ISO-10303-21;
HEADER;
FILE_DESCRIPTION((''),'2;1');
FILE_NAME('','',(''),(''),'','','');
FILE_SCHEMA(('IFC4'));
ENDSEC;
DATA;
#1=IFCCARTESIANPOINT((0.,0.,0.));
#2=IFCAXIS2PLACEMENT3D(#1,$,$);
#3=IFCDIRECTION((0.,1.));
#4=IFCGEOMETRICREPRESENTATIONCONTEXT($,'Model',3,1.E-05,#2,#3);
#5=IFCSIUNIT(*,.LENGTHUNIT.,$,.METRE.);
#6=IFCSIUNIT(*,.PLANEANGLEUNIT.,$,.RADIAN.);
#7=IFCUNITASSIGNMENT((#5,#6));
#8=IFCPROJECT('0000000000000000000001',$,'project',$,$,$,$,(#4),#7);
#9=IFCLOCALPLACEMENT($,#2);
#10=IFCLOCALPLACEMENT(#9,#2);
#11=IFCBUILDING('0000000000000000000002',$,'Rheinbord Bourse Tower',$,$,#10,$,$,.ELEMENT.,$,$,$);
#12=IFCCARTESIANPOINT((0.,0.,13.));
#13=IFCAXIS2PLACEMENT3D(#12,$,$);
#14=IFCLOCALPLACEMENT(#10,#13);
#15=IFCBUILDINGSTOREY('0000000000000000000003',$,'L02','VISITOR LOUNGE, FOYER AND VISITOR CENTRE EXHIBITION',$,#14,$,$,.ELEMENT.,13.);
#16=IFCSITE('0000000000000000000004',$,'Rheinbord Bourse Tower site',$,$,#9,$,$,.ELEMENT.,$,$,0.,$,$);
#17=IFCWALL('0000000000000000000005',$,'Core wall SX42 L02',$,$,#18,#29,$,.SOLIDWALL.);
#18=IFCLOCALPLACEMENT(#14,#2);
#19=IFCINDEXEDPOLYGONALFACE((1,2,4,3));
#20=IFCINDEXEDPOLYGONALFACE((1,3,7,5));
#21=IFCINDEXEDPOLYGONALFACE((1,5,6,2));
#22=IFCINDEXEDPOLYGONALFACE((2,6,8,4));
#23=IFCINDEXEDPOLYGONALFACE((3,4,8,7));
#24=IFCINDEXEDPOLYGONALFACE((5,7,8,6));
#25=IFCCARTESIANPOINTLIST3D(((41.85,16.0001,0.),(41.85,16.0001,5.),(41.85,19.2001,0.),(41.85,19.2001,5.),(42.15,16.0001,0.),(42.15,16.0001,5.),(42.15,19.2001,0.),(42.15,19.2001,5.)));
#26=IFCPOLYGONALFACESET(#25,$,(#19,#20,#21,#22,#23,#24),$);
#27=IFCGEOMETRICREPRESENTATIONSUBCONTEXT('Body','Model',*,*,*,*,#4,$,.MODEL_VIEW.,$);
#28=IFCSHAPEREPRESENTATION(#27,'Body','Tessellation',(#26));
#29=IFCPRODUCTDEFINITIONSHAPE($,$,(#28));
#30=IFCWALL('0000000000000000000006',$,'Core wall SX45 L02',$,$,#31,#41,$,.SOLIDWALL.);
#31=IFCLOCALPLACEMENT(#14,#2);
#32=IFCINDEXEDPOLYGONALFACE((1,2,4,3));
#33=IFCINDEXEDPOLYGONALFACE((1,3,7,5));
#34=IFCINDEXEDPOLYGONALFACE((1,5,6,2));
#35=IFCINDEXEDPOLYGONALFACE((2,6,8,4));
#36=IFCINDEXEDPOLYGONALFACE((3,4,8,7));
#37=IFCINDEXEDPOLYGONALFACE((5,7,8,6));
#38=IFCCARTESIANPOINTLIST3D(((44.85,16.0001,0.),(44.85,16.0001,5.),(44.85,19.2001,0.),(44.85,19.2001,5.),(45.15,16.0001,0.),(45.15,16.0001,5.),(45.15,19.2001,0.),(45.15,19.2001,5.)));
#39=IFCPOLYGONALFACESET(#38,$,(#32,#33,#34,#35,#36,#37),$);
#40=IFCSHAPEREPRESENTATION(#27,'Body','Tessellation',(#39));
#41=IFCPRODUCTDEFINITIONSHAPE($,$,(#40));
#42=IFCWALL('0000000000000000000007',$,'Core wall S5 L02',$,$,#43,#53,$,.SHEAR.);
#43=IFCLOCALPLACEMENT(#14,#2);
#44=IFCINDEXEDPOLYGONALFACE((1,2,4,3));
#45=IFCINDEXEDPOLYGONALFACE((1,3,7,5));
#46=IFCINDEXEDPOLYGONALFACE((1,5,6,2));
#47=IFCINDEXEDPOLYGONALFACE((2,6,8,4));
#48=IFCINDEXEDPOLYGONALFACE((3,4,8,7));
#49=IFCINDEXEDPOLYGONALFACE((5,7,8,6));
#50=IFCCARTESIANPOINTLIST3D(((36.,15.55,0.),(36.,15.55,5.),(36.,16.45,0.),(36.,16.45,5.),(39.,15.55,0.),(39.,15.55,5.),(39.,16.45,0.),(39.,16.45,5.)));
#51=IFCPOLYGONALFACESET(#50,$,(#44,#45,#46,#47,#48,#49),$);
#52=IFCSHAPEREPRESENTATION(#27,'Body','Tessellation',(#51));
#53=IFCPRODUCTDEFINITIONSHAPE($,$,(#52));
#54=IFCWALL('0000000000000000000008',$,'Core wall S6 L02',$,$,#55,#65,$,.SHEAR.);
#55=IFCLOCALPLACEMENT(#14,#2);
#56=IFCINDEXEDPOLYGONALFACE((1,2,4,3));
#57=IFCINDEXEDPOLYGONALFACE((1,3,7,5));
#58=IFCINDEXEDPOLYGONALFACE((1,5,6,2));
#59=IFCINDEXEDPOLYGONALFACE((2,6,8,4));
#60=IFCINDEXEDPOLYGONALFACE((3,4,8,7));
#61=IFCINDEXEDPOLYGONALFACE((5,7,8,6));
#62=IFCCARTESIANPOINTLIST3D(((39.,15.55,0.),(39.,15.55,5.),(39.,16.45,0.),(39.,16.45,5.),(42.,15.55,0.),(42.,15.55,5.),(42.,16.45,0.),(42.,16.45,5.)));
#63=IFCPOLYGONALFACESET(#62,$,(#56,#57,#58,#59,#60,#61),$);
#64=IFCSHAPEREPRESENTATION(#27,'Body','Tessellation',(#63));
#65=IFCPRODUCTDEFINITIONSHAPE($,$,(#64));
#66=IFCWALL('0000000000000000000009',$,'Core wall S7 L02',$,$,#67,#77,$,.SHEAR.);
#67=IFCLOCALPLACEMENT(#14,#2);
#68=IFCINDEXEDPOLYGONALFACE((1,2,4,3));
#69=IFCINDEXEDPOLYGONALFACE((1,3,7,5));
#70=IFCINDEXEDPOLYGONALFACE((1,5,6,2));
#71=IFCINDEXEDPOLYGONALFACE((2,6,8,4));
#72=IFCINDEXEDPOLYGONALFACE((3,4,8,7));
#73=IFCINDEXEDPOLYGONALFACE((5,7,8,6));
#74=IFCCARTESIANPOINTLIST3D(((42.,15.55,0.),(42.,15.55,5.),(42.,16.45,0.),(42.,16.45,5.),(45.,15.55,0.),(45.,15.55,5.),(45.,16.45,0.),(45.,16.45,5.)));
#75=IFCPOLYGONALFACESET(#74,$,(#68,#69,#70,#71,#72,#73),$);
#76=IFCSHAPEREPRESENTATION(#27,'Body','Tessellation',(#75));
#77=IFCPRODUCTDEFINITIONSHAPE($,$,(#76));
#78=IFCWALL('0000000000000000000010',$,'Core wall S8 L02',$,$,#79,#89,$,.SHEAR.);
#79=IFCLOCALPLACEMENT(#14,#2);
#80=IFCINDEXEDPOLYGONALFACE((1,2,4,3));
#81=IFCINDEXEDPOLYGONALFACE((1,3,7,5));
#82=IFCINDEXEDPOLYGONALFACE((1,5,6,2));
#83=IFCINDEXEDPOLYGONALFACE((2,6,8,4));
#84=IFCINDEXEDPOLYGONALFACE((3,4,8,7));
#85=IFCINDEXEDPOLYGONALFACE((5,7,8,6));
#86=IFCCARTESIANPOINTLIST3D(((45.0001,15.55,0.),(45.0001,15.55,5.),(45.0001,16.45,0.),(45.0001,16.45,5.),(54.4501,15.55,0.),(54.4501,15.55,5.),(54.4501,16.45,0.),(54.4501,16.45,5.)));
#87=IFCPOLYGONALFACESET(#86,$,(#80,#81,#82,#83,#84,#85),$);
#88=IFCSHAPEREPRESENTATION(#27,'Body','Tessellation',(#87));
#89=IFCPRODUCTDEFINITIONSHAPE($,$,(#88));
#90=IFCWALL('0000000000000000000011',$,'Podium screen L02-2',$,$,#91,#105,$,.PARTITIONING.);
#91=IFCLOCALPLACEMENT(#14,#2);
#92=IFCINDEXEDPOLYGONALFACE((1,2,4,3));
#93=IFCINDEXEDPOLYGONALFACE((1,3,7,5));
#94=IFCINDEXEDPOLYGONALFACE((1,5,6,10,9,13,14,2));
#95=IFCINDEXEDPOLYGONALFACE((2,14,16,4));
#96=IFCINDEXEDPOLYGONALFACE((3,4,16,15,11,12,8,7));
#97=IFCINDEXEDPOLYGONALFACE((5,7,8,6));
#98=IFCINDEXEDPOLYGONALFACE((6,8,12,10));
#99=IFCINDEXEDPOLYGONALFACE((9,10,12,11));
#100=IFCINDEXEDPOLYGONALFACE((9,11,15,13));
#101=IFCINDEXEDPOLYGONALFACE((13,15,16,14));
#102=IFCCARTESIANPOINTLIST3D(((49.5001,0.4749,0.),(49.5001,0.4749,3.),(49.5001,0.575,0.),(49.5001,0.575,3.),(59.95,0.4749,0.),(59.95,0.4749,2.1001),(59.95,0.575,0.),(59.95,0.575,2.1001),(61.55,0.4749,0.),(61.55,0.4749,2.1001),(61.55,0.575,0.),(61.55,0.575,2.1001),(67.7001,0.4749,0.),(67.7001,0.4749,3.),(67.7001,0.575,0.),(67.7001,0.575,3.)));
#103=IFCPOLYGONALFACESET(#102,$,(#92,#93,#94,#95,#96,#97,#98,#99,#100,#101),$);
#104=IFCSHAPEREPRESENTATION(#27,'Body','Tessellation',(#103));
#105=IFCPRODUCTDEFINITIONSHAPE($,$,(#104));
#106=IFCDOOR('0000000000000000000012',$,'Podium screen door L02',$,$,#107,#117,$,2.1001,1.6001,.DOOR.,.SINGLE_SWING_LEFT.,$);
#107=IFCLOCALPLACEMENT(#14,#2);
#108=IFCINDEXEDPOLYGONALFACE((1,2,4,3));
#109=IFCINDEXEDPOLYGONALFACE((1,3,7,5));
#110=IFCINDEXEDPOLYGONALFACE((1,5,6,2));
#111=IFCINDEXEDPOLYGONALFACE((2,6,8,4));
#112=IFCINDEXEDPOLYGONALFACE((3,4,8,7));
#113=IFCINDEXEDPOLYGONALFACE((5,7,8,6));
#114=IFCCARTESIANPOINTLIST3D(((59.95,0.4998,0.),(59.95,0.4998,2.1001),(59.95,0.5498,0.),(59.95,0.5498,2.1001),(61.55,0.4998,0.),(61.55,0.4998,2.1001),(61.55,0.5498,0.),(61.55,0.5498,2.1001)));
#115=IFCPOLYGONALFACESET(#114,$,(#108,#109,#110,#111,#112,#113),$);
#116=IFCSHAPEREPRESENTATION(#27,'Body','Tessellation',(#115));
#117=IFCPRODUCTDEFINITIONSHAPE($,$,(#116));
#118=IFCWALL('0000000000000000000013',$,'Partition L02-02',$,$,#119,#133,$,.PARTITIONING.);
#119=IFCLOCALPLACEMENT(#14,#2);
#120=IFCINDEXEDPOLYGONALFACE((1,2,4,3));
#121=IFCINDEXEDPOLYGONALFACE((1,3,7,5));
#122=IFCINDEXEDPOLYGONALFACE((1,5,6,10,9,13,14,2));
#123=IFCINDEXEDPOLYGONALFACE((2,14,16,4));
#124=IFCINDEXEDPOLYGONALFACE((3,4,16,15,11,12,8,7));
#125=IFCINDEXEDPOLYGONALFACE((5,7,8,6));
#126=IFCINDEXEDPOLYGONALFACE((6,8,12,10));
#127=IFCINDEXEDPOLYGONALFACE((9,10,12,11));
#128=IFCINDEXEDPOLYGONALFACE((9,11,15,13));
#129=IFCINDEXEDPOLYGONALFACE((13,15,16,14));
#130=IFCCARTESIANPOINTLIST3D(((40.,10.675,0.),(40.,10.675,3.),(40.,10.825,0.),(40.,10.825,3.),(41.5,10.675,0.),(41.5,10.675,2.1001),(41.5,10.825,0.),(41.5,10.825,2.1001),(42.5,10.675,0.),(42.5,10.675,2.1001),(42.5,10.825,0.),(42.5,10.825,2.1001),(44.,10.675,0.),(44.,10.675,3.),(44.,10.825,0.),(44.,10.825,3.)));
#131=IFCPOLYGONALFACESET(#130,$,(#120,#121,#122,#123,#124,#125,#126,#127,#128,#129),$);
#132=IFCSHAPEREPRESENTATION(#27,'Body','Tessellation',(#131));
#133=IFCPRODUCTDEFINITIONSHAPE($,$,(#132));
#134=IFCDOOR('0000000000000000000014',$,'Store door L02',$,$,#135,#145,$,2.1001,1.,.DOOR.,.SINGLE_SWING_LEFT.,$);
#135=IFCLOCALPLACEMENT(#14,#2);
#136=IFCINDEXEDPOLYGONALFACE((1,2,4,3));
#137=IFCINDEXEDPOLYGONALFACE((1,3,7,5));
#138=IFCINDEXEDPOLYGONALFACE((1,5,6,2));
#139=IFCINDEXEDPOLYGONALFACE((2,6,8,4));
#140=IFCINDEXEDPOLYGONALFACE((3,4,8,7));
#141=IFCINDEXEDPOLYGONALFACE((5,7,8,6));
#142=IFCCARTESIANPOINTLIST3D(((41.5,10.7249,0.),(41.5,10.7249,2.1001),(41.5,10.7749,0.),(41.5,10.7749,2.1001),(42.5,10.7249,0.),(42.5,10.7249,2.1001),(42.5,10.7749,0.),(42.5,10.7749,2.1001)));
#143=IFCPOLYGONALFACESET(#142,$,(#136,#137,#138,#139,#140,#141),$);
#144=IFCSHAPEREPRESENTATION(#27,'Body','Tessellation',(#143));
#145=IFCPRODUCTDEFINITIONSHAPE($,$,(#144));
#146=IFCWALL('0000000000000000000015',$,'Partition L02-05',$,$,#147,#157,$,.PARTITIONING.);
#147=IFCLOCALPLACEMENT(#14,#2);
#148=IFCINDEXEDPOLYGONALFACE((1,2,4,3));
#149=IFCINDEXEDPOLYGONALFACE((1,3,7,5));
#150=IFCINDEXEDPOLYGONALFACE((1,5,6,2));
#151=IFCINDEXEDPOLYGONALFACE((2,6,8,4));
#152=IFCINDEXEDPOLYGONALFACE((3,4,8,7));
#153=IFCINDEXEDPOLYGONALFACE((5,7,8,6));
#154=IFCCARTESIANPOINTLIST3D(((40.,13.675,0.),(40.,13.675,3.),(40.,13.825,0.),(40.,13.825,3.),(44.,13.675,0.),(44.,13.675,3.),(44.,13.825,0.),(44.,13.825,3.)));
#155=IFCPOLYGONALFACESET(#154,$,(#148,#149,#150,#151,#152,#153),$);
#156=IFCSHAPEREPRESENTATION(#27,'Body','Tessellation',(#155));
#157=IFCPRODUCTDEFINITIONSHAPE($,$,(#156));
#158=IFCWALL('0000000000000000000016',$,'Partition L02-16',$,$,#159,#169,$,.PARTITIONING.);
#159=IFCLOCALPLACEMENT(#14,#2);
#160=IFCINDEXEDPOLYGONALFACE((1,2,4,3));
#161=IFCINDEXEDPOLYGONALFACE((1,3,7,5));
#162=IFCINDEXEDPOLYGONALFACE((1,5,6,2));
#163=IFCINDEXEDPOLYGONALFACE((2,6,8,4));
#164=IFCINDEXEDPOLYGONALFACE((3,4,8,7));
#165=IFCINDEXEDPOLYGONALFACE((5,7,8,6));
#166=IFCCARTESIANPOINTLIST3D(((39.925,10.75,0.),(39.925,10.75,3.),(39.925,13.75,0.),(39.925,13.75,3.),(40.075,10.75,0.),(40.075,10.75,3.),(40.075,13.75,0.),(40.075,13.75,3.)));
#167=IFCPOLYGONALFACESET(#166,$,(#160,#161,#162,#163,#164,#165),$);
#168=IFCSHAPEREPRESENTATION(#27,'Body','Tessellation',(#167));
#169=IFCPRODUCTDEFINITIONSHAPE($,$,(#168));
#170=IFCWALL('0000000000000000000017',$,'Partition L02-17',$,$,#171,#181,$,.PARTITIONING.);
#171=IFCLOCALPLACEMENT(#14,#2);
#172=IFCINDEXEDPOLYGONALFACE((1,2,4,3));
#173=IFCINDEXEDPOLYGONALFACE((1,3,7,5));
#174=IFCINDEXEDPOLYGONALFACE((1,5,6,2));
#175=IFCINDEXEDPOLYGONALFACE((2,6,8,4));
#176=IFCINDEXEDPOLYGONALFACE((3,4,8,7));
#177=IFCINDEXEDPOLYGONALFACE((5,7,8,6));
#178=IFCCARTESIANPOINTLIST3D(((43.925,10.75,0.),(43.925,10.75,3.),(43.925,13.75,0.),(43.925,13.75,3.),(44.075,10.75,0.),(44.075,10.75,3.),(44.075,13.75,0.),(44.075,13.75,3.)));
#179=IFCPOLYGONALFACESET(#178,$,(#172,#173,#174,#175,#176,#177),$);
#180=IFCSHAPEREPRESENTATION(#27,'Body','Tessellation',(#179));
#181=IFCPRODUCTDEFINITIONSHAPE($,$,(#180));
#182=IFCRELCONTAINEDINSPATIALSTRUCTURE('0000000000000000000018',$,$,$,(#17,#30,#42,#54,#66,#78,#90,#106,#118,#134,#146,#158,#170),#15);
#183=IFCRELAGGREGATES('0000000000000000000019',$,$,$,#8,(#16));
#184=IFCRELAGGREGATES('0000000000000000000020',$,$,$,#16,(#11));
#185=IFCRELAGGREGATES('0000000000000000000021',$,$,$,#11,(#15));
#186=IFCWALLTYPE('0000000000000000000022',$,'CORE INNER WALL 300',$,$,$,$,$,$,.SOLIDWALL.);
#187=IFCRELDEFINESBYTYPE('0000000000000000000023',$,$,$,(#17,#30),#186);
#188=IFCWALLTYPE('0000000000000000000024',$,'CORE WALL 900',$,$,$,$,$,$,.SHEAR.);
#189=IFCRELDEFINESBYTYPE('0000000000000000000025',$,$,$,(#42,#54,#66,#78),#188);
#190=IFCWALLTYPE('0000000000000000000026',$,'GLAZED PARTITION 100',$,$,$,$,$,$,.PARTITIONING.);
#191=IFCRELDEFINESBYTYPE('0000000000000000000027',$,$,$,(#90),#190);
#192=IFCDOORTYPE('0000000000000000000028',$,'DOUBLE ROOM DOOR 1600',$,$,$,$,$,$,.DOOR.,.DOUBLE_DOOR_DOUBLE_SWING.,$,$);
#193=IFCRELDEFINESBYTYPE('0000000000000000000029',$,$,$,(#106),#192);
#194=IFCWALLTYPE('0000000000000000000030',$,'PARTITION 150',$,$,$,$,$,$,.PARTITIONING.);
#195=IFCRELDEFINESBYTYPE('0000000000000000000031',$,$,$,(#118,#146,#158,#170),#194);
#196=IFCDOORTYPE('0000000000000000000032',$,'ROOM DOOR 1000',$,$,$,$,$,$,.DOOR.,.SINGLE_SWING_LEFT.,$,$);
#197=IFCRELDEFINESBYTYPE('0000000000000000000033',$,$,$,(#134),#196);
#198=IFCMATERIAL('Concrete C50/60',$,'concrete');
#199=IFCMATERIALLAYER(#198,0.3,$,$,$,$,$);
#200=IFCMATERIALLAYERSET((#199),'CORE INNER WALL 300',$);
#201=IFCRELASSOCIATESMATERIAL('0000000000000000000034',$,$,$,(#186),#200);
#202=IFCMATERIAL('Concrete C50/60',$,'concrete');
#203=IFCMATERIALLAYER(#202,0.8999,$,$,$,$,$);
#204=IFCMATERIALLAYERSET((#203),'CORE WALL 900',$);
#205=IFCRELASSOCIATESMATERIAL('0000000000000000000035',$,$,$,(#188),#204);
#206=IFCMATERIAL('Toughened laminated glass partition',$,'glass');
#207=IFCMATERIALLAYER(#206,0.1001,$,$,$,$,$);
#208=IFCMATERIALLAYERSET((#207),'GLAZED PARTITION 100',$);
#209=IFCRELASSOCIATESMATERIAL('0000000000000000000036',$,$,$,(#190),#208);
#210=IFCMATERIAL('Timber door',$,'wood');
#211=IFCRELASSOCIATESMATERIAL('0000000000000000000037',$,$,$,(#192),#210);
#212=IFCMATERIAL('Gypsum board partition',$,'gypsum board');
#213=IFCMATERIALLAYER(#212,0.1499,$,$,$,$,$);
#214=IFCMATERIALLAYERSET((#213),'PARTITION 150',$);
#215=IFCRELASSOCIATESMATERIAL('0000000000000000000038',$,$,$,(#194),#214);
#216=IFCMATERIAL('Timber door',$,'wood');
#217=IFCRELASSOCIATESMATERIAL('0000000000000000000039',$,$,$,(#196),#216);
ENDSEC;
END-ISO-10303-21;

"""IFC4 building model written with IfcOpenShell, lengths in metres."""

from ifc_helpers import new_model, si_unit, direction, frame, frame_2d, origin, place, context, subcontext, project, spatial, rectangle, extrude, material, layer, layer_set, type_object, element, fill, save


model = new_model("IFC4")

# Units and contexts
model_context = context("Model", 3, precision=1e-05, world=origin(), true_north=direction((0.0, 1.0)))
body_context = subcontext(model_context, "Body", "Model", "MODEL_VIEW")
ifc_project = project(units=[si_unit("LENGTHUNIT", "METRE"), si_unit("PLANEANGLEUNIT", "RADIAN")], contexts=[model_context])

# Site, building, storey
site_placement = place(None, origin())
site = spatial("IfcSite", under=ifc_project, at=site_placement, Name="Rheinbord Bourse Tower site", CompositionType="ELEMENT", RefElevation=0.0)
building_placement = place(site_placement, origin())
building = spatial("IfcBuilding", under=site, at=building_placement, Name="Rheinbord Bourse Tower", CompositionType="ELEMENT")
storey_placement = place(building_placement, frame((0.0, 0.0, 13.0)))
storey = spatial("IfcBuildingStorey", under=building, at=storey_placement, Name="L02", Description="VISITOR LOUNGE, FOYER AND VISITOR CENTRE EXHIBITION", CompositionType="ELEMENT", Elevation=13.0)

# Walls
ifc_material_1 = material(Name="Concrete C50/60", Category="concrete")
ifc_layer_1 = layer(ifc_material_1, 0.3)
ifc_layer_set_1 = layer_set([ifc_layer_1], Name="CORE INNER WALL 300")
wall_type_1 = type_object("IfcWallType", Name="CORE INNER WALL 300", PredefinedType="SOLIDWALL", material=ifc_layer_set_1)
for number, where, z_axis, x_axis, name in (
    (1, (42.0, 16.0, 0.0), (0.0, 0.0, 1.0), (0.0, 1.0, 0.0), "Core wall SX42 L02"),
    (2, (45.0, 16.0, 0.0), (0.0, 0.0, 1.0), (0.0, 1.0, 0.0), "Core wall SX45 L02"),
):
    element("IfcWall", number, at=place(storey_placement, frame(where, z_axis=z_axis, x_axis=x_axis)), inside=storey, type_object=wall_type_1, Name=name, PredefinedType="SOLIDWALL", context=body_context, shape_type="SweptSolid", body=[
        extrude(rectangle(XDim=3.2, YDim=0.3, at=frame_2d((1.6001, 0.0))), origin(), (0.0, 0.0, 1.0), 5.0),
    ])
ifc_material_2 = material(Name="Concrete C50/60", Category="concrete")
ifc_layer_2 = layer(ifc_material_2, 0.8999)
ifc_layer_set_2 = layer_set([ifc_layer_2], Name="CORE WALL 900")
wall_type_2 = type_object("IfcWallType", Name="CORE WALL 900", PredefinedType="SHEAR", material=ifc_layer_set_2)
for number, where, z_axis, x_axis, name in (
    (3, (36.0, 16.0, 0.0), (0.0, 0.0, 1.0), (1.0, 0.0, 0.0), "Core wall S5 L02"),
    (4, (39.0, 16.0, 0.0), (0.0, 0.0, 1.0), (1.0, 0.0, 0.0), "Core wall S6 L02"),
    (5, (42.0, 16.0, 0.0), (0.0, 0.0, 1.0), (1.0, 0.0, 0.0), "Core wall S7 L02"),
):
    element("IfcWall", number, at=place(storey_placement, frame(where, z_axis=z_axis, x_axis=x_axis)), inside=storey, type_object=wall_type_2, Name=name, PredefinedType="SHEAR", context=body_context, shape_type="SweptSolid", body=[
        extrude(rectangle(XDim=3.0, YDim=0.8999, at=frame_2d((1.5, 0.0))), origin(), (0.0, 0.0, 1.0), 5.0),
    ])
wall_1_placement = place(storey_placement, frame((45.0, 16.0, 0.0), z_axis=(0.0, 0.0, 1.0), x_axis=(1.0, 0.0, 0.0)))
element("IfcWall", 6, at=wall_1_placement, inside=storey, type_object=wall_type_2, Name="Core wall S8 L02", PredefinedType="SHEAR", context=body_context, shape_type="SweptSolid", body=[
    extrude(rectangle(XDim=9.45, YDim=0.8999, at=frame_2d((4.7251, 0.0))), origin(), (0.0, 0.0, 1.0), 5.0),
])

# Walls, openings, doors
ifc_material_3 = material(Name="Toughened laminated glass partition", Category="glass")
ifc_layer_3 = layer(ifc_material_3, 0.1001)
ifc_layer_set_3 = layer_set([ifc_layer_3], Name="GLAZED PARTITION 100")
wall_type_3 = type_object("IfcWallType", Name="GLAZED PARTITION 100", PredefinedType="PARTITIONING", material=ifc_layer_set_3)
wall_2_placement = place(storey_placement, frame((49.5, 0.5249, 0.0), z_axis=(0.0, 0.0, 1.0), x_axis=(1.0, 0.0, 0.0)))
wall_2 = element("IfcWall", 7, at=wall_2_placement, inside=storey, type_object=wall_type_3, Name="Podium screen L02-2", PredefinedType="PARTITIONING", context=body_context, shape_type="SweptSolid", body=[
    extrude(rectangle(XDim=18.2, YDim=0.1001, at=frame_2d((9.1001, 0.0))), origin(), (0.0, 0.0, 1.0), 3.0),
])
opening_1_placement = place(wall_2_placement, frame((10.45, 0.0, 0.0)))
opening_1 = element("IfcOpeningElement", 8, at=opening_1_placement, cuts=wall_2, PredefinedType="OPENING", context=body_context, shape_type="SweptSolid", body=[
    extrude(rectangle(XDim=1.6001, YDim=2.1001, at=frame_2d((0.8, 1.05))), frame((0.0, 0.0601, 0.0), z_axis=(0.0, -1.0, 0.0), x_axis=(1.0, 0.0, 0.0)), (0.0, 0.0, 1.0), 0.1201),
])
ifc_material_4 = material(Name="Timber door", Category="wood")
door_type_1 = type_object("IfcDoorType", Name="DOUBLE ROOM DOOR 1600", OperationType="DOUBLE_DOOR_DOUBLE_SWING", PredefinedType="DOOR", material=ifc_material_4)
door_1_placement = place(opening_1_placement, origin())
door_1 = element("IfcDoor", 9, at=door_1_placement, inside=storey, type_object=door_type_1, Name="Podium screen door L02", OperationType="SINGLE_SWING_LEFT", OverallHeight=2.1001, OverallWidth=1.6001, PredefinedType="DOOR", context=body_context, shape_type="SweptSolid", body=[
    extrude(rectangle(XDim=1.6001, YDim=2.1001, at=frame_2d((0.8, 1.05))), frame((0.0, 0.0249, 0.0), z_axis=(0.0, -1.0, 0.0), x_axis=(1.0, 0.0, 0.0)), (0.0, 0.0, 1.0), 0.05),
])
fill(opening_1, door_1)
ifc_material_5 = material(Name="Gypsum board partition", Category="gypsum board")
ifc_layer_4 = layer(ifc_material_5, 0.1499)
ifc_layer_set_4 = layer_set([ifc_layer_4], Name="PARTITION 150")
wall_type_4 = type_object("IfcWallType", Name="PARTITION 150", PredefinedType="PARTITIONING", material=ifc_layer_set_4)
wall_3_placement = place(storey_placement, frame((40.0, 10.75, 0.0), z_axis=(0.0, 0.0, 1.0), x_axis=(1.0, 0.0, 0.0)))
wall_3 = element("IfcWall", 10, at=wall_3_placement, inside=storey, type_object=wall_type_4, Name="Partition L02-02", PredefinedType="PARTITIONING", context=body_context, shape_type="SweptSolid", body=[
    extrude(rectangle(XDim=4.0, YDim=0.1499, at=frame_2d((2.0, 0.0))), origin(), (0.0, 0.0, 1.0), 3.0),
])
opening_2_placement = place(wall_3_placement, frame((1.5, 0.0, 0.0)))
opening_2 = element("IfcOpeningElement", 11, at=opening_2_placement, cuts=wall_3, PredefinedType="OPENING", context=body_context, shape_type="SweptSolid", body=[
    extrude(rectangle(XDim=1.0, YDim=2.1001, at=frame_2d((0.5, 1.05))), frame((0.0, 0.085, 0.0), z_axis=(0.0, -1.0, 0.0), x_axis=(1.0, 0.0, 0.0)), (0.0, 0.0, 1.0), 0.1699),
])
ifc_material_6 = material(Name="Timber door", Category="wood")
door_type_2 = type_object("IfcDoorType", Name="ROOM DOOR 1000", OperationType="SINGLE_SWING_LEFT", PredefinedType="DOOR", material=ifc_material_6)
door_2_placement = place(opening_2_placement, origin())
door_2 = element("IfcDoor", 12, at=door_2_placement, inside=storey, type_object=door_type_2, Name="Store door L02", OperationType="SINGLE_SWING_LEFT", OverallHeight=2.1001, OverallWidth=1.0, PredefinedType="DOOR", context=body_context, shape_type="SweptSolid", body=[
    extrude(rectangle(XDim=1.0, YDim=2.1001, at=frame_2d((0.5, 1.05))), frame((0.0, 0.0249, 0.0), z_axis=(0.0, -1.0, 0.0), x_axis=(1.0, 0.0, 0.0)), (0.0, 0.0, 1.0), 0.05),
])
fill(opening_2, door_2)

# Walls
wall_4_placement = place(storey_placement, frame((40.0, 13.75, 0.0), z_axis=(0.0, 0.0, 1.0), x_axis=(1.0, 0.0, 0.0)))
element("IfcWall", 13, at=wall_4_placement, inside=storey, type_object=wall_type_4, Name="Partition L02-05", PredefinedType="PARTITIONING", context=body_context, shape_type="SweptSolid", body=[
    extrude(rectangle(XDim=4.0, YDim=0.1499, at=frame_2d((2.0, 0.0))), origin(), (0.0, 0.0, 1.0), 3.0),
])
for number, where, z_axis, x_axis, name in (
    (14, (40.0, 10.75, 0.0), (0.0, 0.0, 1.0), (0.0, 1.0, 0.0), "Partition L02-16"),
    (15, (44.0, 10.75, 0.0), (0.0, 0.0, 1.0), (0.0, 1.0, 0.0), "Partition L02-17"),
):
    element("IfcWall", number, at=place(storey_placement, frame(where, z_axis=z_axis, x_axis=x_axis)), inside=storey, type_object=wall_type_4, Name=name, PredefinedType="PARTITIONING", context=body_context, shape_type="SweptSolid", body=[
        extrude(rectangle(XDim=3.0, YDim=0.1499, at=frame_2d((1.5, 0.0))), origin(), (0.0, 0.0, 1.0), 3.0),
    ])

save(model, "model.ifc")
